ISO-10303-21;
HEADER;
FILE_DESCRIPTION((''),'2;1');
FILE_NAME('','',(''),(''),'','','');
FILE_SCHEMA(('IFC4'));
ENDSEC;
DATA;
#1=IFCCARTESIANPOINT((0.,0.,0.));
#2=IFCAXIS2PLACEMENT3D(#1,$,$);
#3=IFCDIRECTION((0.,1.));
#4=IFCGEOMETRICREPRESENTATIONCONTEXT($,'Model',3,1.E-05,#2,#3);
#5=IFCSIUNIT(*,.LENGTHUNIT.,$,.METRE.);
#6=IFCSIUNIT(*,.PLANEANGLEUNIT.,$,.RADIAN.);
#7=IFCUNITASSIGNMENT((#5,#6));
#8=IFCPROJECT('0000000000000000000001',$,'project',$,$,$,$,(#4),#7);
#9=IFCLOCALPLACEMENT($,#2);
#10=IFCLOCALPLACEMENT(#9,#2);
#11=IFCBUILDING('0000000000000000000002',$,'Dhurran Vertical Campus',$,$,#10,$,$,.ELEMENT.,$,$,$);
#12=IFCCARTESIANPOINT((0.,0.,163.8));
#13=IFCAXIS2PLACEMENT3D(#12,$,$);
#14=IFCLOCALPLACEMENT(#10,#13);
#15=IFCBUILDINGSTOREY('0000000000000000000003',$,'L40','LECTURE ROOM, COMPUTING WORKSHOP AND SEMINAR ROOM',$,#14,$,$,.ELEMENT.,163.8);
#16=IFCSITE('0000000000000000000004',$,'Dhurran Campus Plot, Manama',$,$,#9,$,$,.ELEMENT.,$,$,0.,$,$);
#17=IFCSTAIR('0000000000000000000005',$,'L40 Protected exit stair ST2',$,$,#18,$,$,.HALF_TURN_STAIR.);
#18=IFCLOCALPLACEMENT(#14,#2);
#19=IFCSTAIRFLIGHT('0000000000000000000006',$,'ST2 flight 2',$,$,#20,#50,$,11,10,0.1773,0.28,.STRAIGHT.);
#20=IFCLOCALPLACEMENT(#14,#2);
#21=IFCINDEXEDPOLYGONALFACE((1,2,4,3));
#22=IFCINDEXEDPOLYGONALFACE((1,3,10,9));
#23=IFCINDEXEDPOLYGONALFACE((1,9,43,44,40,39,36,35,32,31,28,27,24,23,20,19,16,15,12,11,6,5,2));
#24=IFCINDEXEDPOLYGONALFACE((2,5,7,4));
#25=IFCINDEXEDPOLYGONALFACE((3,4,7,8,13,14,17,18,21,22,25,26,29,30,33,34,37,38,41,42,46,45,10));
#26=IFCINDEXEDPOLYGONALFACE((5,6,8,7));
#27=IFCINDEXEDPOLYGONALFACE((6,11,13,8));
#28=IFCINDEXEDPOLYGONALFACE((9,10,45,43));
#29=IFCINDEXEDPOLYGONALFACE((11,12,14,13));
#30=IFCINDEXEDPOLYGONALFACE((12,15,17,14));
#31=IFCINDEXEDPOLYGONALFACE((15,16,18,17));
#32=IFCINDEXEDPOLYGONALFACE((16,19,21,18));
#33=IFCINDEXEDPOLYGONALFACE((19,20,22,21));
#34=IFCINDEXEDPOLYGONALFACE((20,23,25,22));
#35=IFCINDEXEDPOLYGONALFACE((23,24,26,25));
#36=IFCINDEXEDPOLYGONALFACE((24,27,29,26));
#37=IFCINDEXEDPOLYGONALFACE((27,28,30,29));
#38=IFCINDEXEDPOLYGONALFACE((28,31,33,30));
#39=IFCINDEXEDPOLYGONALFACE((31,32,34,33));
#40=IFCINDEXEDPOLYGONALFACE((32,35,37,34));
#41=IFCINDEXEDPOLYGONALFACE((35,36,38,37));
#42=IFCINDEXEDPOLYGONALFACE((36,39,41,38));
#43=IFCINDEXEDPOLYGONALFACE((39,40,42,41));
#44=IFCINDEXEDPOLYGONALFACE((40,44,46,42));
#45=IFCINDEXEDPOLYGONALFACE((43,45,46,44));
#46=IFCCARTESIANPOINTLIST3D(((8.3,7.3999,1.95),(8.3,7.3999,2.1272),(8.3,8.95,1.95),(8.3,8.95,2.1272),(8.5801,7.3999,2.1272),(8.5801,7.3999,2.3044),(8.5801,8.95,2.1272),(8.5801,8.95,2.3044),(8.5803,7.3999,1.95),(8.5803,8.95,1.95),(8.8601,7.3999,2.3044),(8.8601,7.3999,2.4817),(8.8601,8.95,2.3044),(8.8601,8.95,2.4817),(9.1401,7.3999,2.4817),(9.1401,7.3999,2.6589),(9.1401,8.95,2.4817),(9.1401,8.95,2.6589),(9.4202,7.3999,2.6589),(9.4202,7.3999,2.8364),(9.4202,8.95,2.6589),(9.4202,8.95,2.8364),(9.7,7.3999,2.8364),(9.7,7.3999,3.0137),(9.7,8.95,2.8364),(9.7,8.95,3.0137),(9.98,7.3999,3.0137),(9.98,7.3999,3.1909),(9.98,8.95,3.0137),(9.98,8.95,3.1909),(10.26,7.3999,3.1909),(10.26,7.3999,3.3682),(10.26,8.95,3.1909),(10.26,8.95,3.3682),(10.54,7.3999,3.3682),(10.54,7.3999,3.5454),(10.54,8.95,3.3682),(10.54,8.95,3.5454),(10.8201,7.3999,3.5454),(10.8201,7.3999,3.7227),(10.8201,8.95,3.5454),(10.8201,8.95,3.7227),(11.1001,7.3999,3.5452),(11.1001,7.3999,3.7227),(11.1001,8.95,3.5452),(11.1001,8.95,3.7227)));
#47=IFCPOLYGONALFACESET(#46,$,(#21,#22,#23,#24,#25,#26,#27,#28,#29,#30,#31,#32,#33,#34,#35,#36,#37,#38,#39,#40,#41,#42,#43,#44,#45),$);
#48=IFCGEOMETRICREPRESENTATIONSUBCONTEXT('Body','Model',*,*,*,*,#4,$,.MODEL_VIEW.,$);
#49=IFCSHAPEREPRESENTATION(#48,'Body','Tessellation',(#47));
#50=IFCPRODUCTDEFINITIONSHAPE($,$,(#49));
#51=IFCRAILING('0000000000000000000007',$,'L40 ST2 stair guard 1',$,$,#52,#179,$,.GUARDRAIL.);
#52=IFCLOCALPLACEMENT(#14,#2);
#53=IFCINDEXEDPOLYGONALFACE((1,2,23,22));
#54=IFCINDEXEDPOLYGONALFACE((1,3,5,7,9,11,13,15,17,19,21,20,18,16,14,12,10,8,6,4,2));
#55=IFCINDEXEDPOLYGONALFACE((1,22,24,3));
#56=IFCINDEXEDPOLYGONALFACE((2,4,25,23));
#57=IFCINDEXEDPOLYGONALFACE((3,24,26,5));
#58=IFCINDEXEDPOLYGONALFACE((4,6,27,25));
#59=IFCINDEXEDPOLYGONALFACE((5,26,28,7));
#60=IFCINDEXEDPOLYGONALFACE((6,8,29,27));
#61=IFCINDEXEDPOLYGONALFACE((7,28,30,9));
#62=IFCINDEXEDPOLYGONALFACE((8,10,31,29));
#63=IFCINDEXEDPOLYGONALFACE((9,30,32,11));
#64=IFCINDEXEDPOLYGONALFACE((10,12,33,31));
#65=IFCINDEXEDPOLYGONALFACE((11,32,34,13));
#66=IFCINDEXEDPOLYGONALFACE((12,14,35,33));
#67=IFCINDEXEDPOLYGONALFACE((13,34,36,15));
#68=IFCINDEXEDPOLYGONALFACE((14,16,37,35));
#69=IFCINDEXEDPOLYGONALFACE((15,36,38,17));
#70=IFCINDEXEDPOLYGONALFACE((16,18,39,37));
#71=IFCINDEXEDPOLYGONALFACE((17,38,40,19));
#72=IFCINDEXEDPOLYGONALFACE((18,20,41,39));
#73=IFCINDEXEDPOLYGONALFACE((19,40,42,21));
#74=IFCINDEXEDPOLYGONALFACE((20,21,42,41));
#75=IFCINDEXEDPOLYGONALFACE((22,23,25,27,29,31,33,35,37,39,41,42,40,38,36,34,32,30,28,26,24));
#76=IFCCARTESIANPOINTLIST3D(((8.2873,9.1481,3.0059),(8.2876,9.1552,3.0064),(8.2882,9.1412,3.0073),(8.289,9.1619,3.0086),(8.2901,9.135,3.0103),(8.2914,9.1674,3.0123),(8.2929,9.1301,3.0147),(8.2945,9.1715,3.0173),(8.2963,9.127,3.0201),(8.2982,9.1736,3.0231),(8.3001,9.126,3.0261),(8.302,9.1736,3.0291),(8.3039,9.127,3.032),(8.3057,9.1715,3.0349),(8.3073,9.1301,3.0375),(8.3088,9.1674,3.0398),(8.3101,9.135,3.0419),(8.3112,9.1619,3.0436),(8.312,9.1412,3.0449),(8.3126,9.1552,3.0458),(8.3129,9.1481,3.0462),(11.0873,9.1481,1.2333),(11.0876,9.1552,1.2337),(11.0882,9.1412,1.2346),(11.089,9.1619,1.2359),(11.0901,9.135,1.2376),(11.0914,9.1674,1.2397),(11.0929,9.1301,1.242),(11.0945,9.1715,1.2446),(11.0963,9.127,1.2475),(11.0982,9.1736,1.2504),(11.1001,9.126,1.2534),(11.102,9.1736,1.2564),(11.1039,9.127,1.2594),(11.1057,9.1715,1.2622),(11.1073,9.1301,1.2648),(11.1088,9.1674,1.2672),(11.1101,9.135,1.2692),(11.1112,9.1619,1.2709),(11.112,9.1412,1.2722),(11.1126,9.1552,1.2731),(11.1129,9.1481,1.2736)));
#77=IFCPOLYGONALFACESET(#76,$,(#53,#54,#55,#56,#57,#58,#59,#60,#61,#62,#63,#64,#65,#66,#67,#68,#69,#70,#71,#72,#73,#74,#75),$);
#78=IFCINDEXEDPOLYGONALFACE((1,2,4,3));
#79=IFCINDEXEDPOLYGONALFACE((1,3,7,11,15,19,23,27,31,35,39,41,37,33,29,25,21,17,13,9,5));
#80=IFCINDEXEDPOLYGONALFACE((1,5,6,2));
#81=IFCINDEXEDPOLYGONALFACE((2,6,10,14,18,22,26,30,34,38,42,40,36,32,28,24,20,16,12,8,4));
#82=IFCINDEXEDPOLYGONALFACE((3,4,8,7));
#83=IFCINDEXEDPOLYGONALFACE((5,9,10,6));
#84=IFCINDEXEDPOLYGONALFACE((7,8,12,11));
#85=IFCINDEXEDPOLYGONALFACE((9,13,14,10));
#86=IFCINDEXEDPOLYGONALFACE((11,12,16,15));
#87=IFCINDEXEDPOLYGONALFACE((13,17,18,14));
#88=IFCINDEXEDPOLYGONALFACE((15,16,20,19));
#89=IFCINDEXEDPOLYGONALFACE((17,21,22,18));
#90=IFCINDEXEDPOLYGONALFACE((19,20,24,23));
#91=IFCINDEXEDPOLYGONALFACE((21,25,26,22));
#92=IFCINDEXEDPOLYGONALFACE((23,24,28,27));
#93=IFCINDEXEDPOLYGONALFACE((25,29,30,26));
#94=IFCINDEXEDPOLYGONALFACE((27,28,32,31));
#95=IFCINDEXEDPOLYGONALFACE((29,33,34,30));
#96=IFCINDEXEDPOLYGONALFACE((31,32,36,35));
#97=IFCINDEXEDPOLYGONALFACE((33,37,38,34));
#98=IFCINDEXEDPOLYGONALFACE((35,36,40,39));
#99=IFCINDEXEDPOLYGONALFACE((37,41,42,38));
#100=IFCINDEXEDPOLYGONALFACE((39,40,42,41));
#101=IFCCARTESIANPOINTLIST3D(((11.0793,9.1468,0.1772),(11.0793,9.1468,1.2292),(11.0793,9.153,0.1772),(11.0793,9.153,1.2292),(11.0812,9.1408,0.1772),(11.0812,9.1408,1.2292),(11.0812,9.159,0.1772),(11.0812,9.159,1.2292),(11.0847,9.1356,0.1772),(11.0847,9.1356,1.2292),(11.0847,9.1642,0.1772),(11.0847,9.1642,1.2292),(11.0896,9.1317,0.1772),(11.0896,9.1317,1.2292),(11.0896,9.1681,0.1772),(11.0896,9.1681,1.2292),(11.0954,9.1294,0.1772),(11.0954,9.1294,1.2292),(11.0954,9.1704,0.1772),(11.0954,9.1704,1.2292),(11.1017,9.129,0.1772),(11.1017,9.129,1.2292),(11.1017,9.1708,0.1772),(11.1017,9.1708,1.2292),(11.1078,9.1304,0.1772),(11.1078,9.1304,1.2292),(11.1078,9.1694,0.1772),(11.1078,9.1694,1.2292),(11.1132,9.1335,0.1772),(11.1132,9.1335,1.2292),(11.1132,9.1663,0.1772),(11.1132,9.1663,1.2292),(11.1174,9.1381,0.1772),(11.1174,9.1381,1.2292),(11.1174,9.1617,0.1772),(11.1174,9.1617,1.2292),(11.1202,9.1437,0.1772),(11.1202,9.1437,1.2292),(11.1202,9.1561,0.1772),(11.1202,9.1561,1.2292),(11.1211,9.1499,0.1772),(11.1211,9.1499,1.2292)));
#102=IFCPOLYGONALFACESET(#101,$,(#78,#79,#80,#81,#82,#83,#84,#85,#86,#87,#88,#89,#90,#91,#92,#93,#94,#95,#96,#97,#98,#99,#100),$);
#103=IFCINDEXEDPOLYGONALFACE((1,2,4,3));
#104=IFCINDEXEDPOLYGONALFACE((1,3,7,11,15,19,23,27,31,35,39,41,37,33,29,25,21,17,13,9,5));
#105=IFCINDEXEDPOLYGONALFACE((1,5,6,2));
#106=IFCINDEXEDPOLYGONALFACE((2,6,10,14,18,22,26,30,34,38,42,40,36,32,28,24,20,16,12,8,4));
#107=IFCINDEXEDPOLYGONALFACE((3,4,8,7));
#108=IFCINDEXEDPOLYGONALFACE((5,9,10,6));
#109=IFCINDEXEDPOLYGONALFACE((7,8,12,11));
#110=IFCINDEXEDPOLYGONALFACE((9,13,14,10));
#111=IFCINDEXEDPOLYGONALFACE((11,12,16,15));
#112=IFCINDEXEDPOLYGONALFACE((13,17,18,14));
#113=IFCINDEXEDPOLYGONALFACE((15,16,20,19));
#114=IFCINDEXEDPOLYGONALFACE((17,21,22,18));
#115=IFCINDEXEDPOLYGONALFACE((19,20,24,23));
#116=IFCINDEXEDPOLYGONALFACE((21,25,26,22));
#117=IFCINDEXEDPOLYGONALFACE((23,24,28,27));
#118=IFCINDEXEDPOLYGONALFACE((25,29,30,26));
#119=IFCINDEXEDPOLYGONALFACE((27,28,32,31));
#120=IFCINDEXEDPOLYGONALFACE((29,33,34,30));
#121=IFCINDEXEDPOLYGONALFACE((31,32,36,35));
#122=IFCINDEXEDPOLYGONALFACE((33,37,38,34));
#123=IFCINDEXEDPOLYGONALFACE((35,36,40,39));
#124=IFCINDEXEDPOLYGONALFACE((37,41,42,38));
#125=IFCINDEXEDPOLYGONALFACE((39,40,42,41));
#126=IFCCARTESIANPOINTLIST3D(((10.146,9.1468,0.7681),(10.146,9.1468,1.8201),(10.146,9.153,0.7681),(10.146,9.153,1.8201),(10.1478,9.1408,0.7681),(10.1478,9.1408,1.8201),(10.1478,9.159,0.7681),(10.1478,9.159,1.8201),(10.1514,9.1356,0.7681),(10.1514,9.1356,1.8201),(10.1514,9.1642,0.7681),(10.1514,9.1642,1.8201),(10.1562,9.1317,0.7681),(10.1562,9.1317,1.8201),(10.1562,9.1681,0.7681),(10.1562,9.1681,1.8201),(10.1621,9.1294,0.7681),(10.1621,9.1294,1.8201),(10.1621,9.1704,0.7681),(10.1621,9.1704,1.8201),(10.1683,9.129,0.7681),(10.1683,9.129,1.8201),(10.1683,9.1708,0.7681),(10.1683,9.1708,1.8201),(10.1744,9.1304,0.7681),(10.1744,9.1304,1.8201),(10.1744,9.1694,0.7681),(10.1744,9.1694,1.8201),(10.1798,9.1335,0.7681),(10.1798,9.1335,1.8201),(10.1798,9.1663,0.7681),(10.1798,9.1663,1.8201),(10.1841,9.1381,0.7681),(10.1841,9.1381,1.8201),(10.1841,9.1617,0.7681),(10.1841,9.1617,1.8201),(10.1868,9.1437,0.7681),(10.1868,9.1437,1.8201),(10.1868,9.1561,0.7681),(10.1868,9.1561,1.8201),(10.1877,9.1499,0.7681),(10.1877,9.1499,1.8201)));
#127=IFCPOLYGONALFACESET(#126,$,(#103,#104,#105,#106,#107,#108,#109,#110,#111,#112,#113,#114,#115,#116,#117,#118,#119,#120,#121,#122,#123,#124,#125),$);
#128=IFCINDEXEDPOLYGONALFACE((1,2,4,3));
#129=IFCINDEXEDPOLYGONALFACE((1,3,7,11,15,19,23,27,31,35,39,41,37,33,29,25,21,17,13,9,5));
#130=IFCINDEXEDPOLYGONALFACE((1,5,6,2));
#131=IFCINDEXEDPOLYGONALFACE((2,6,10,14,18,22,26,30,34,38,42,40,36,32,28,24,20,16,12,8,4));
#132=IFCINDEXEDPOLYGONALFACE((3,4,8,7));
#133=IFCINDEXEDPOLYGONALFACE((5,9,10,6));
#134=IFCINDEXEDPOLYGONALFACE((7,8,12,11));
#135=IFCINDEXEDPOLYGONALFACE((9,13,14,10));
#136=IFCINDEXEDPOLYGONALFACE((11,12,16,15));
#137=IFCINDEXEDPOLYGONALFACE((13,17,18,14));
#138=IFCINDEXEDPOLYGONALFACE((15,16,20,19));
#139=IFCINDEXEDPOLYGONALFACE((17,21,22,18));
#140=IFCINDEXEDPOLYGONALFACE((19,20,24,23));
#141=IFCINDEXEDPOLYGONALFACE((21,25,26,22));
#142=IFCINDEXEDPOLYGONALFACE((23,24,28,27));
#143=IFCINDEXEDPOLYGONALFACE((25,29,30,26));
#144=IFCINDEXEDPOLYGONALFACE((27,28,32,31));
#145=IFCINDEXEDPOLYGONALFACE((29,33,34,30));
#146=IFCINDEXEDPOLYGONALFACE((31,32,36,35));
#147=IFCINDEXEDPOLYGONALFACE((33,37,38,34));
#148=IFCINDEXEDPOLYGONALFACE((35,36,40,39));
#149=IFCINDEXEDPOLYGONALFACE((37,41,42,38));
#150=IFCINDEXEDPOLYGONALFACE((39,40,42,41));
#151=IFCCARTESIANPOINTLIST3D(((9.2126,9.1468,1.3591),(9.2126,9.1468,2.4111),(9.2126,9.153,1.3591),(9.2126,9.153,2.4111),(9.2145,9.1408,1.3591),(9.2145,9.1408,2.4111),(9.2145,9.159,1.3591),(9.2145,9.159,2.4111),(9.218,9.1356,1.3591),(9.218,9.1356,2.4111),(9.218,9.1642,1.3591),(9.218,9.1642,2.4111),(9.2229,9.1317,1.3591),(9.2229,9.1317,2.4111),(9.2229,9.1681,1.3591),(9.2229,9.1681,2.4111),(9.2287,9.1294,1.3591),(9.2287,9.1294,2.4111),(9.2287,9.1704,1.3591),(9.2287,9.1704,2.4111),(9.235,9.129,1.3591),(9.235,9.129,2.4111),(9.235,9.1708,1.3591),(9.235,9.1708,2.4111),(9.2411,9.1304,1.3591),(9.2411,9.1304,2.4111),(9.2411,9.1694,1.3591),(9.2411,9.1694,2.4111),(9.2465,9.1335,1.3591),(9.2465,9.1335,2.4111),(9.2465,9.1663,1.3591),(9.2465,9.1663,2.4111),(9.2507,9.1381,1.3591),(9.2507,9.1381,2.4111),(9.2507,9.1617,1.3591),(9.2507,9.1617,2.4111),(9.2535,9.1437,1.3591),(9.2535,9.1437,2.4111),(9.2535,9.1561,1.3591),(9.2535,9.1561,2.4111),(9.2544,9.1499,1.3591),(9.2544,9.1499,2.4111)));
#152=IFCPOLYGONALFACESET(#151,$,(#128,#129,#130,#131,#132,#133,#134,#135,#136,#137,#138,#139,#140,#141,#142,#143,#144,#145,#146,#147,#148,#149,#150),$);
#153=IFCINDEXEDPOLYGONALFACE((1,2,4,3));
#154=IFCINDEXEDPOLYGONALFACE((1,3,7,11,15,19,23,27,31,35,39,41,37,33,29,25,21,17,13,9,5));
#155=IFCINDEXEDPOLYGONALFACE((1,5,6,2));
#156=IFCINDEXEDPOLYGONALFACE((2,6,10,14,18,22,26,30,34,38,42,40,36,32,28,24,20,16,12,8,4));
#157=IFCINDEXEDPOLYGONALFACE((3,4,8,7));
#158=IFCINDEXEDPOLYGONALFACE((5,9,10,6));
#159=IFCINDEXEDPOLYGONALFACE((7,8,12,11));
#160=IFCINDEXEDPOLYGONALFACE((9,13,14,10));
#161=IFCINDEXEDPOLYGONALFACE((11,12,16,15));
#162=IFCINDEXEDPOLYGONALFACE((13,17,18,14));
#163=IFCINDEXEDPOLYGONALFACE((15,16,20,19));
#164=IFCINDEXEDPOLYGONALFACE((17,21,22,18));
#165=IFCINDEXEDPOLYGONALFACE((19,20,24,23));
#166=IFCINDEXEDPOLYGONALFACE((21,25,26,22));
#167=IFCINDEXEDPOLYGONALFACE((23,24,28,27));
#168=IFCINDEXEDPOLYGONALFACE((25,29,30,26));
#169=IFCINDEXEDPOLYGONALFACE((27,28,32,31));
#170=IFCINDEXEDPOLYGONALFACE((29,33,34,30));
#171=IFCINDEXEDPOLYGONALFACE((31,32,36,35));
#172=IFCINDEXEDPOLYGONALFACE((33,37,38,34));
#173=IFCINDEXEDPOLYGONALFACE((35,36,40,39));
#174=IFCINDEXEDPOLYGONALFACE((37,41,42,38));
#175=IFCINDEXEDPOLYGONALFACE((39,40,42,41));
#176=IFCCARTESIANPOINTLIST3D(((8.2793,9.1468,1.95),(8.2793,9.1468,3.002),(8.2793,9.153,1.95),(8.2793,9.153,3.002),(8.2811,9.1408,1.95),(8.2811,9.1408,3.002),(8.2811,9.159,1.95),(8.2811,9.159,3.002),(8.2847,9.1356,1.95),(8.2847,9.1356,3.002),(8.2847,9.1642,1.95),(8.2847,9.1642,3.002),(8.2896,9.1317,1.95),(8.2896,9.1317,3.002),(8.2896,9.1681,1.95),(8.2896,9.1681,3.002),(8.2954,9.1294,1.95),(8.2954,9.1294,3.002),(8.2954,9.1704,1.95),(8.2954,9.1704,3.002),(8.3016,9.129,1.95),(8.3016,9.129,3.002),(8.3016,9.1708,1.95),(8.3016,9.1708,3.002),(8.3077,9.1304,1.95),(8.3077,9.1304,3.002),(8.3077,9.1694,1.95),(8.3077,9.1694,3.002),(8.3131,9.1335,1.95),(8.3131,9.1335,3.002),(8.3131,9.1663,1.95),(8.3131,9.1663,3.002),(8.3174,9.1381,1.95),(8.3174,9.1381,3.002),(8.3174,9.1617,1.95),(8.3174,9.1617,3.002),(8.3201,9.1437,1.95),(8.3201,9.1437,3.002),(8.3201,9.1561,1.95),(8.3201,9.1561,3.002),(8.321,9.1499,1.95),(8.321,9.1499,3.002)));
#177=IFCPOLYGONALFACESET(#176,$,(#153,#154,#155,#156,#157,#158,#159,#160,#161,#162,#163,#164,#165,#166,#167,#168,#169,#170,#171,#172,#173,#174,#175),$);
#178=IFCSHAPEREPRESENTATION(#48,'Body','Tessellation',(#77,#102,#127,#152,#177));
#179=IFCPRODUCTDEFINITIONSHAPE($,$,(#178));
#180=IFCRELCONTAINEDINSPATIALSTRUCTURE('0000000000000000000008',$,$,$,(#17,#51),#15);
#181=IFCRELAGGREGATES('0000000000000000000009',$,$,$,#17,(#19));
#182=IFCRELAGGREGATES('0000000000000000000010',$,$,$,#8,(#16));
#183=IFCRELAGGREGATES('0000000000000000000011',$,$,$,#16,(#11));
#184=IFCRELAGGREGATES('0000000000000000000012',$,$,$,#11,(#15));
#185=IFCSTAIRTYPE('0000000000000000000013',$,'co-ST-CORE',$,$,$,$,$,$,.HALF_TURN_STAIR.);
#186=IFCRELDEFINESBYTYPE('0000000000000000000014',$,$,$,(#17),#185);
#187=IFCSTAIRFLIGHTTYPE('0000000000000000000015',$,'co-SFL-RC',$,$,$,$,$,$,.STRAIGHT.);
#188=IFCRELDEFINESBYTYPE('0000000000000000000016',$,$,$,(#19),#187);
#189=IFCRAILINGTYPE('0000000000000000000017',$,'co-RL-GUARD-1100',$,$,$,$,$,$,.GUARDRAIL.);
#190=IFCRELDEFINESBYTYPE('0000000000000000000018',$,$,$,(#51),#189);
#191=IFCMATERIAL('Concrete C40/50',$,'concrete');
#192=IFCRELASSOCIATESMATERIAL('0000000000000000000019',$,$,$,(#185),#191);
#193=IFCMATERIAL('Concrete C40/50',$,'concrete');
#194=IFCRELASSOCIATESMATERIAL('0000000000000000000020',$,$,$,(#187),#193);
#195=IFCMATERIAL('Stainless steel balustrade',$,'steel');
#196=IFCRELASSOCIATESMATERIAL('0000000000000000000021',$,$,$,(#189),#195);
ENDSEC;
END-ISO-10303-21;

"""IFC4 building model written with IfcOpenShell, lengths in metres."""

from ifc_helpers import new_model, si_unit, direction, frame, origin, origin_2d, place, context, subcontext, project, spatial, polyline, circle, outline, extrude, material, type_object, element, aggregate, save


model = new_model("IFC4")

# Units and contexts
model_context = context("Model", 3, precision=1e-05, world=origin(), true_north=direction((0.0, 1.0)))
body_context = subcontext(model_context, "Body", "Model", "MODEL_VIEW")
ifc_project = project(units=[si_unit("LENGTHUNIT", "METRE"), si_unit("PLANEANGLEUNIT", "RADIAN")], contexts=[model_context])

# Site, building, storey
site_placement = place(None, origin())
site = spatial("IfcSite", under=ifc_project, at=site_placement, Name="Dhurran Campus Plot, Manama", CompositionType="ELEMENT", RefElevation=0.0)
building_placement = place(site_placement, origin())
building = spatial("IfcBuilding", under=site, at=building_placement, Name="Dhurran Vertical Campus", CompositionType="ELEMENT")
storey_placement = place(building_placement, frame((0.0, 0.0, 163.8)))
storey = spatial("IfcBuildingStorey", under=building, at=storey_placement, Name="L40", Description="LECTURE ROOM, COMPUTING WORKSHOP AND SEMINAR ROOM", CompositionType="ELEMENT", Elevation=163.8)

# Stair, stair flight
ifc_material_1 = material(Name="Concrete C40/50", Category="concrete")
stair_type = type_object("IfcStairType", Name="co-ST-CORE", PredefinedType="HALF_TURN_STAIR", material=ifc_material_1)
stair_placement = place(storey_placement, origin())
stair = element("IfcStair", 1, at=stair_placement, inside=storey, type_object=stair_type, Name="L40 Protected exit stair ST2", PredefinedType="HALF_TURN_STAIR")
ifc_material_2 = material(Name="Concrete C40/50", Category="concrete")
stair_flight_type = type_object("IfcStairFlightType", Name="co-SFL-RC", PredefinedType="STRAIGHT", material=ifc_material_2)
stair_flight_1_placement = place(storey_placement, frame((8.3, 8.175, 1.95), z_axis=(0.0, 0.0, 1.0), x_axis=(1.0, 0.0, 0.0)))
stair_flight_1 = element("IfcStairFlight", 2, at=stair_flight_1_placement, type_object=stair_flight_type, Name="ST2 flight 2", NumberOfRisers=11, NumberOfTreads=10, PredefinedType="STRAIGHT", RiserHeight=0.1773, TreadLength=0.28, context=body_context, shape_type="SweptSolid", body=[
    extrude(outline(polyline([(0.0, 0.0), (0.0, 0.1772), (0.28, 0.1772), (0.28, 0.3545), (0.5601, 0.3545), (0.5601, 0.5317), (0.8401, 0.5317), (0.8401, 0.709), (1.1201, 0.709), (1.1201, 0.8865), (1.3999, 0.8865), (1.3999, 1.0637), (1.6799, 1.0637), (1.6799, 1.241), (1.96, 1.241), (1.96, 1.4182), (2.24, 1.4182), (2.24, 1.5955), (2.52, 1.5955), (2.52, 1.7727), (2.8, 1.7727), (2.8, 1.95), (2.8, 1.5952), (0.2803, 0.0), (0.0, 0.0)])), frame((0.0, 0.7749, 0.0), z_axis=(0.0, -1.0, 0.0), x_axis=(1.0, 0.0, 0.0)), (0.0, 0.0, 1.0), 1.55),
])
aggregate(stair, [stair_flight_1])

# Railing
ifc_material_3 = material(Name="Stainless steel balustrade", Category="steel")
railing_type_1 = type_object("IfcRailingType", Name="co-RL-GUARD-1100", PredefinedType="GUARDRAIL", material=ifc_material_3)
railing_1_placement = place(storey_placement, frame((11.1001, 9.1499, 0.1772)))
element("IfcRailing", 3, at=railing_1_placement, inside=storey, type_object=railing_type_1, Name="L40 ST2 stair guard 1", PredefinedType="GUARDRAIL", context=body_context, shape_type="SweptSolid", body=[
    extrude(circle(Radius=0.0239, at=origin_2d()), frame((0.0, 0.0, 1.0762), z_axis=(-0.844909, 0.0, 0.53491), x_axis=(0.0, -1.0, 0.0)), (0.0, 0.0, 1.0), 3.314),
    extrude(circle(Radius=0.021, at=origin_2d()), origin(), (0.0, 0.0, 1.0), 1.052),
    extrude(circle(Radius=0.021, at=origin_2d()), frame((-0.9333, 0.0, 0.5908)), (0.0, 0.0, 1.0), 1.052),
    extrude(circle(Radius=0.021, at=origin_2d()), frame((-1.8667, 0.0, 1.1819)), (0.0, 0.0, 1.0), 1.052),
    extrude(circle(Radius=0.021, at=origin_2d()), frame((-2.8, 0.0, 1.7727)), (0.0, 0.0, 1.0), 1.052),
])

save(model, "model.ifc")
